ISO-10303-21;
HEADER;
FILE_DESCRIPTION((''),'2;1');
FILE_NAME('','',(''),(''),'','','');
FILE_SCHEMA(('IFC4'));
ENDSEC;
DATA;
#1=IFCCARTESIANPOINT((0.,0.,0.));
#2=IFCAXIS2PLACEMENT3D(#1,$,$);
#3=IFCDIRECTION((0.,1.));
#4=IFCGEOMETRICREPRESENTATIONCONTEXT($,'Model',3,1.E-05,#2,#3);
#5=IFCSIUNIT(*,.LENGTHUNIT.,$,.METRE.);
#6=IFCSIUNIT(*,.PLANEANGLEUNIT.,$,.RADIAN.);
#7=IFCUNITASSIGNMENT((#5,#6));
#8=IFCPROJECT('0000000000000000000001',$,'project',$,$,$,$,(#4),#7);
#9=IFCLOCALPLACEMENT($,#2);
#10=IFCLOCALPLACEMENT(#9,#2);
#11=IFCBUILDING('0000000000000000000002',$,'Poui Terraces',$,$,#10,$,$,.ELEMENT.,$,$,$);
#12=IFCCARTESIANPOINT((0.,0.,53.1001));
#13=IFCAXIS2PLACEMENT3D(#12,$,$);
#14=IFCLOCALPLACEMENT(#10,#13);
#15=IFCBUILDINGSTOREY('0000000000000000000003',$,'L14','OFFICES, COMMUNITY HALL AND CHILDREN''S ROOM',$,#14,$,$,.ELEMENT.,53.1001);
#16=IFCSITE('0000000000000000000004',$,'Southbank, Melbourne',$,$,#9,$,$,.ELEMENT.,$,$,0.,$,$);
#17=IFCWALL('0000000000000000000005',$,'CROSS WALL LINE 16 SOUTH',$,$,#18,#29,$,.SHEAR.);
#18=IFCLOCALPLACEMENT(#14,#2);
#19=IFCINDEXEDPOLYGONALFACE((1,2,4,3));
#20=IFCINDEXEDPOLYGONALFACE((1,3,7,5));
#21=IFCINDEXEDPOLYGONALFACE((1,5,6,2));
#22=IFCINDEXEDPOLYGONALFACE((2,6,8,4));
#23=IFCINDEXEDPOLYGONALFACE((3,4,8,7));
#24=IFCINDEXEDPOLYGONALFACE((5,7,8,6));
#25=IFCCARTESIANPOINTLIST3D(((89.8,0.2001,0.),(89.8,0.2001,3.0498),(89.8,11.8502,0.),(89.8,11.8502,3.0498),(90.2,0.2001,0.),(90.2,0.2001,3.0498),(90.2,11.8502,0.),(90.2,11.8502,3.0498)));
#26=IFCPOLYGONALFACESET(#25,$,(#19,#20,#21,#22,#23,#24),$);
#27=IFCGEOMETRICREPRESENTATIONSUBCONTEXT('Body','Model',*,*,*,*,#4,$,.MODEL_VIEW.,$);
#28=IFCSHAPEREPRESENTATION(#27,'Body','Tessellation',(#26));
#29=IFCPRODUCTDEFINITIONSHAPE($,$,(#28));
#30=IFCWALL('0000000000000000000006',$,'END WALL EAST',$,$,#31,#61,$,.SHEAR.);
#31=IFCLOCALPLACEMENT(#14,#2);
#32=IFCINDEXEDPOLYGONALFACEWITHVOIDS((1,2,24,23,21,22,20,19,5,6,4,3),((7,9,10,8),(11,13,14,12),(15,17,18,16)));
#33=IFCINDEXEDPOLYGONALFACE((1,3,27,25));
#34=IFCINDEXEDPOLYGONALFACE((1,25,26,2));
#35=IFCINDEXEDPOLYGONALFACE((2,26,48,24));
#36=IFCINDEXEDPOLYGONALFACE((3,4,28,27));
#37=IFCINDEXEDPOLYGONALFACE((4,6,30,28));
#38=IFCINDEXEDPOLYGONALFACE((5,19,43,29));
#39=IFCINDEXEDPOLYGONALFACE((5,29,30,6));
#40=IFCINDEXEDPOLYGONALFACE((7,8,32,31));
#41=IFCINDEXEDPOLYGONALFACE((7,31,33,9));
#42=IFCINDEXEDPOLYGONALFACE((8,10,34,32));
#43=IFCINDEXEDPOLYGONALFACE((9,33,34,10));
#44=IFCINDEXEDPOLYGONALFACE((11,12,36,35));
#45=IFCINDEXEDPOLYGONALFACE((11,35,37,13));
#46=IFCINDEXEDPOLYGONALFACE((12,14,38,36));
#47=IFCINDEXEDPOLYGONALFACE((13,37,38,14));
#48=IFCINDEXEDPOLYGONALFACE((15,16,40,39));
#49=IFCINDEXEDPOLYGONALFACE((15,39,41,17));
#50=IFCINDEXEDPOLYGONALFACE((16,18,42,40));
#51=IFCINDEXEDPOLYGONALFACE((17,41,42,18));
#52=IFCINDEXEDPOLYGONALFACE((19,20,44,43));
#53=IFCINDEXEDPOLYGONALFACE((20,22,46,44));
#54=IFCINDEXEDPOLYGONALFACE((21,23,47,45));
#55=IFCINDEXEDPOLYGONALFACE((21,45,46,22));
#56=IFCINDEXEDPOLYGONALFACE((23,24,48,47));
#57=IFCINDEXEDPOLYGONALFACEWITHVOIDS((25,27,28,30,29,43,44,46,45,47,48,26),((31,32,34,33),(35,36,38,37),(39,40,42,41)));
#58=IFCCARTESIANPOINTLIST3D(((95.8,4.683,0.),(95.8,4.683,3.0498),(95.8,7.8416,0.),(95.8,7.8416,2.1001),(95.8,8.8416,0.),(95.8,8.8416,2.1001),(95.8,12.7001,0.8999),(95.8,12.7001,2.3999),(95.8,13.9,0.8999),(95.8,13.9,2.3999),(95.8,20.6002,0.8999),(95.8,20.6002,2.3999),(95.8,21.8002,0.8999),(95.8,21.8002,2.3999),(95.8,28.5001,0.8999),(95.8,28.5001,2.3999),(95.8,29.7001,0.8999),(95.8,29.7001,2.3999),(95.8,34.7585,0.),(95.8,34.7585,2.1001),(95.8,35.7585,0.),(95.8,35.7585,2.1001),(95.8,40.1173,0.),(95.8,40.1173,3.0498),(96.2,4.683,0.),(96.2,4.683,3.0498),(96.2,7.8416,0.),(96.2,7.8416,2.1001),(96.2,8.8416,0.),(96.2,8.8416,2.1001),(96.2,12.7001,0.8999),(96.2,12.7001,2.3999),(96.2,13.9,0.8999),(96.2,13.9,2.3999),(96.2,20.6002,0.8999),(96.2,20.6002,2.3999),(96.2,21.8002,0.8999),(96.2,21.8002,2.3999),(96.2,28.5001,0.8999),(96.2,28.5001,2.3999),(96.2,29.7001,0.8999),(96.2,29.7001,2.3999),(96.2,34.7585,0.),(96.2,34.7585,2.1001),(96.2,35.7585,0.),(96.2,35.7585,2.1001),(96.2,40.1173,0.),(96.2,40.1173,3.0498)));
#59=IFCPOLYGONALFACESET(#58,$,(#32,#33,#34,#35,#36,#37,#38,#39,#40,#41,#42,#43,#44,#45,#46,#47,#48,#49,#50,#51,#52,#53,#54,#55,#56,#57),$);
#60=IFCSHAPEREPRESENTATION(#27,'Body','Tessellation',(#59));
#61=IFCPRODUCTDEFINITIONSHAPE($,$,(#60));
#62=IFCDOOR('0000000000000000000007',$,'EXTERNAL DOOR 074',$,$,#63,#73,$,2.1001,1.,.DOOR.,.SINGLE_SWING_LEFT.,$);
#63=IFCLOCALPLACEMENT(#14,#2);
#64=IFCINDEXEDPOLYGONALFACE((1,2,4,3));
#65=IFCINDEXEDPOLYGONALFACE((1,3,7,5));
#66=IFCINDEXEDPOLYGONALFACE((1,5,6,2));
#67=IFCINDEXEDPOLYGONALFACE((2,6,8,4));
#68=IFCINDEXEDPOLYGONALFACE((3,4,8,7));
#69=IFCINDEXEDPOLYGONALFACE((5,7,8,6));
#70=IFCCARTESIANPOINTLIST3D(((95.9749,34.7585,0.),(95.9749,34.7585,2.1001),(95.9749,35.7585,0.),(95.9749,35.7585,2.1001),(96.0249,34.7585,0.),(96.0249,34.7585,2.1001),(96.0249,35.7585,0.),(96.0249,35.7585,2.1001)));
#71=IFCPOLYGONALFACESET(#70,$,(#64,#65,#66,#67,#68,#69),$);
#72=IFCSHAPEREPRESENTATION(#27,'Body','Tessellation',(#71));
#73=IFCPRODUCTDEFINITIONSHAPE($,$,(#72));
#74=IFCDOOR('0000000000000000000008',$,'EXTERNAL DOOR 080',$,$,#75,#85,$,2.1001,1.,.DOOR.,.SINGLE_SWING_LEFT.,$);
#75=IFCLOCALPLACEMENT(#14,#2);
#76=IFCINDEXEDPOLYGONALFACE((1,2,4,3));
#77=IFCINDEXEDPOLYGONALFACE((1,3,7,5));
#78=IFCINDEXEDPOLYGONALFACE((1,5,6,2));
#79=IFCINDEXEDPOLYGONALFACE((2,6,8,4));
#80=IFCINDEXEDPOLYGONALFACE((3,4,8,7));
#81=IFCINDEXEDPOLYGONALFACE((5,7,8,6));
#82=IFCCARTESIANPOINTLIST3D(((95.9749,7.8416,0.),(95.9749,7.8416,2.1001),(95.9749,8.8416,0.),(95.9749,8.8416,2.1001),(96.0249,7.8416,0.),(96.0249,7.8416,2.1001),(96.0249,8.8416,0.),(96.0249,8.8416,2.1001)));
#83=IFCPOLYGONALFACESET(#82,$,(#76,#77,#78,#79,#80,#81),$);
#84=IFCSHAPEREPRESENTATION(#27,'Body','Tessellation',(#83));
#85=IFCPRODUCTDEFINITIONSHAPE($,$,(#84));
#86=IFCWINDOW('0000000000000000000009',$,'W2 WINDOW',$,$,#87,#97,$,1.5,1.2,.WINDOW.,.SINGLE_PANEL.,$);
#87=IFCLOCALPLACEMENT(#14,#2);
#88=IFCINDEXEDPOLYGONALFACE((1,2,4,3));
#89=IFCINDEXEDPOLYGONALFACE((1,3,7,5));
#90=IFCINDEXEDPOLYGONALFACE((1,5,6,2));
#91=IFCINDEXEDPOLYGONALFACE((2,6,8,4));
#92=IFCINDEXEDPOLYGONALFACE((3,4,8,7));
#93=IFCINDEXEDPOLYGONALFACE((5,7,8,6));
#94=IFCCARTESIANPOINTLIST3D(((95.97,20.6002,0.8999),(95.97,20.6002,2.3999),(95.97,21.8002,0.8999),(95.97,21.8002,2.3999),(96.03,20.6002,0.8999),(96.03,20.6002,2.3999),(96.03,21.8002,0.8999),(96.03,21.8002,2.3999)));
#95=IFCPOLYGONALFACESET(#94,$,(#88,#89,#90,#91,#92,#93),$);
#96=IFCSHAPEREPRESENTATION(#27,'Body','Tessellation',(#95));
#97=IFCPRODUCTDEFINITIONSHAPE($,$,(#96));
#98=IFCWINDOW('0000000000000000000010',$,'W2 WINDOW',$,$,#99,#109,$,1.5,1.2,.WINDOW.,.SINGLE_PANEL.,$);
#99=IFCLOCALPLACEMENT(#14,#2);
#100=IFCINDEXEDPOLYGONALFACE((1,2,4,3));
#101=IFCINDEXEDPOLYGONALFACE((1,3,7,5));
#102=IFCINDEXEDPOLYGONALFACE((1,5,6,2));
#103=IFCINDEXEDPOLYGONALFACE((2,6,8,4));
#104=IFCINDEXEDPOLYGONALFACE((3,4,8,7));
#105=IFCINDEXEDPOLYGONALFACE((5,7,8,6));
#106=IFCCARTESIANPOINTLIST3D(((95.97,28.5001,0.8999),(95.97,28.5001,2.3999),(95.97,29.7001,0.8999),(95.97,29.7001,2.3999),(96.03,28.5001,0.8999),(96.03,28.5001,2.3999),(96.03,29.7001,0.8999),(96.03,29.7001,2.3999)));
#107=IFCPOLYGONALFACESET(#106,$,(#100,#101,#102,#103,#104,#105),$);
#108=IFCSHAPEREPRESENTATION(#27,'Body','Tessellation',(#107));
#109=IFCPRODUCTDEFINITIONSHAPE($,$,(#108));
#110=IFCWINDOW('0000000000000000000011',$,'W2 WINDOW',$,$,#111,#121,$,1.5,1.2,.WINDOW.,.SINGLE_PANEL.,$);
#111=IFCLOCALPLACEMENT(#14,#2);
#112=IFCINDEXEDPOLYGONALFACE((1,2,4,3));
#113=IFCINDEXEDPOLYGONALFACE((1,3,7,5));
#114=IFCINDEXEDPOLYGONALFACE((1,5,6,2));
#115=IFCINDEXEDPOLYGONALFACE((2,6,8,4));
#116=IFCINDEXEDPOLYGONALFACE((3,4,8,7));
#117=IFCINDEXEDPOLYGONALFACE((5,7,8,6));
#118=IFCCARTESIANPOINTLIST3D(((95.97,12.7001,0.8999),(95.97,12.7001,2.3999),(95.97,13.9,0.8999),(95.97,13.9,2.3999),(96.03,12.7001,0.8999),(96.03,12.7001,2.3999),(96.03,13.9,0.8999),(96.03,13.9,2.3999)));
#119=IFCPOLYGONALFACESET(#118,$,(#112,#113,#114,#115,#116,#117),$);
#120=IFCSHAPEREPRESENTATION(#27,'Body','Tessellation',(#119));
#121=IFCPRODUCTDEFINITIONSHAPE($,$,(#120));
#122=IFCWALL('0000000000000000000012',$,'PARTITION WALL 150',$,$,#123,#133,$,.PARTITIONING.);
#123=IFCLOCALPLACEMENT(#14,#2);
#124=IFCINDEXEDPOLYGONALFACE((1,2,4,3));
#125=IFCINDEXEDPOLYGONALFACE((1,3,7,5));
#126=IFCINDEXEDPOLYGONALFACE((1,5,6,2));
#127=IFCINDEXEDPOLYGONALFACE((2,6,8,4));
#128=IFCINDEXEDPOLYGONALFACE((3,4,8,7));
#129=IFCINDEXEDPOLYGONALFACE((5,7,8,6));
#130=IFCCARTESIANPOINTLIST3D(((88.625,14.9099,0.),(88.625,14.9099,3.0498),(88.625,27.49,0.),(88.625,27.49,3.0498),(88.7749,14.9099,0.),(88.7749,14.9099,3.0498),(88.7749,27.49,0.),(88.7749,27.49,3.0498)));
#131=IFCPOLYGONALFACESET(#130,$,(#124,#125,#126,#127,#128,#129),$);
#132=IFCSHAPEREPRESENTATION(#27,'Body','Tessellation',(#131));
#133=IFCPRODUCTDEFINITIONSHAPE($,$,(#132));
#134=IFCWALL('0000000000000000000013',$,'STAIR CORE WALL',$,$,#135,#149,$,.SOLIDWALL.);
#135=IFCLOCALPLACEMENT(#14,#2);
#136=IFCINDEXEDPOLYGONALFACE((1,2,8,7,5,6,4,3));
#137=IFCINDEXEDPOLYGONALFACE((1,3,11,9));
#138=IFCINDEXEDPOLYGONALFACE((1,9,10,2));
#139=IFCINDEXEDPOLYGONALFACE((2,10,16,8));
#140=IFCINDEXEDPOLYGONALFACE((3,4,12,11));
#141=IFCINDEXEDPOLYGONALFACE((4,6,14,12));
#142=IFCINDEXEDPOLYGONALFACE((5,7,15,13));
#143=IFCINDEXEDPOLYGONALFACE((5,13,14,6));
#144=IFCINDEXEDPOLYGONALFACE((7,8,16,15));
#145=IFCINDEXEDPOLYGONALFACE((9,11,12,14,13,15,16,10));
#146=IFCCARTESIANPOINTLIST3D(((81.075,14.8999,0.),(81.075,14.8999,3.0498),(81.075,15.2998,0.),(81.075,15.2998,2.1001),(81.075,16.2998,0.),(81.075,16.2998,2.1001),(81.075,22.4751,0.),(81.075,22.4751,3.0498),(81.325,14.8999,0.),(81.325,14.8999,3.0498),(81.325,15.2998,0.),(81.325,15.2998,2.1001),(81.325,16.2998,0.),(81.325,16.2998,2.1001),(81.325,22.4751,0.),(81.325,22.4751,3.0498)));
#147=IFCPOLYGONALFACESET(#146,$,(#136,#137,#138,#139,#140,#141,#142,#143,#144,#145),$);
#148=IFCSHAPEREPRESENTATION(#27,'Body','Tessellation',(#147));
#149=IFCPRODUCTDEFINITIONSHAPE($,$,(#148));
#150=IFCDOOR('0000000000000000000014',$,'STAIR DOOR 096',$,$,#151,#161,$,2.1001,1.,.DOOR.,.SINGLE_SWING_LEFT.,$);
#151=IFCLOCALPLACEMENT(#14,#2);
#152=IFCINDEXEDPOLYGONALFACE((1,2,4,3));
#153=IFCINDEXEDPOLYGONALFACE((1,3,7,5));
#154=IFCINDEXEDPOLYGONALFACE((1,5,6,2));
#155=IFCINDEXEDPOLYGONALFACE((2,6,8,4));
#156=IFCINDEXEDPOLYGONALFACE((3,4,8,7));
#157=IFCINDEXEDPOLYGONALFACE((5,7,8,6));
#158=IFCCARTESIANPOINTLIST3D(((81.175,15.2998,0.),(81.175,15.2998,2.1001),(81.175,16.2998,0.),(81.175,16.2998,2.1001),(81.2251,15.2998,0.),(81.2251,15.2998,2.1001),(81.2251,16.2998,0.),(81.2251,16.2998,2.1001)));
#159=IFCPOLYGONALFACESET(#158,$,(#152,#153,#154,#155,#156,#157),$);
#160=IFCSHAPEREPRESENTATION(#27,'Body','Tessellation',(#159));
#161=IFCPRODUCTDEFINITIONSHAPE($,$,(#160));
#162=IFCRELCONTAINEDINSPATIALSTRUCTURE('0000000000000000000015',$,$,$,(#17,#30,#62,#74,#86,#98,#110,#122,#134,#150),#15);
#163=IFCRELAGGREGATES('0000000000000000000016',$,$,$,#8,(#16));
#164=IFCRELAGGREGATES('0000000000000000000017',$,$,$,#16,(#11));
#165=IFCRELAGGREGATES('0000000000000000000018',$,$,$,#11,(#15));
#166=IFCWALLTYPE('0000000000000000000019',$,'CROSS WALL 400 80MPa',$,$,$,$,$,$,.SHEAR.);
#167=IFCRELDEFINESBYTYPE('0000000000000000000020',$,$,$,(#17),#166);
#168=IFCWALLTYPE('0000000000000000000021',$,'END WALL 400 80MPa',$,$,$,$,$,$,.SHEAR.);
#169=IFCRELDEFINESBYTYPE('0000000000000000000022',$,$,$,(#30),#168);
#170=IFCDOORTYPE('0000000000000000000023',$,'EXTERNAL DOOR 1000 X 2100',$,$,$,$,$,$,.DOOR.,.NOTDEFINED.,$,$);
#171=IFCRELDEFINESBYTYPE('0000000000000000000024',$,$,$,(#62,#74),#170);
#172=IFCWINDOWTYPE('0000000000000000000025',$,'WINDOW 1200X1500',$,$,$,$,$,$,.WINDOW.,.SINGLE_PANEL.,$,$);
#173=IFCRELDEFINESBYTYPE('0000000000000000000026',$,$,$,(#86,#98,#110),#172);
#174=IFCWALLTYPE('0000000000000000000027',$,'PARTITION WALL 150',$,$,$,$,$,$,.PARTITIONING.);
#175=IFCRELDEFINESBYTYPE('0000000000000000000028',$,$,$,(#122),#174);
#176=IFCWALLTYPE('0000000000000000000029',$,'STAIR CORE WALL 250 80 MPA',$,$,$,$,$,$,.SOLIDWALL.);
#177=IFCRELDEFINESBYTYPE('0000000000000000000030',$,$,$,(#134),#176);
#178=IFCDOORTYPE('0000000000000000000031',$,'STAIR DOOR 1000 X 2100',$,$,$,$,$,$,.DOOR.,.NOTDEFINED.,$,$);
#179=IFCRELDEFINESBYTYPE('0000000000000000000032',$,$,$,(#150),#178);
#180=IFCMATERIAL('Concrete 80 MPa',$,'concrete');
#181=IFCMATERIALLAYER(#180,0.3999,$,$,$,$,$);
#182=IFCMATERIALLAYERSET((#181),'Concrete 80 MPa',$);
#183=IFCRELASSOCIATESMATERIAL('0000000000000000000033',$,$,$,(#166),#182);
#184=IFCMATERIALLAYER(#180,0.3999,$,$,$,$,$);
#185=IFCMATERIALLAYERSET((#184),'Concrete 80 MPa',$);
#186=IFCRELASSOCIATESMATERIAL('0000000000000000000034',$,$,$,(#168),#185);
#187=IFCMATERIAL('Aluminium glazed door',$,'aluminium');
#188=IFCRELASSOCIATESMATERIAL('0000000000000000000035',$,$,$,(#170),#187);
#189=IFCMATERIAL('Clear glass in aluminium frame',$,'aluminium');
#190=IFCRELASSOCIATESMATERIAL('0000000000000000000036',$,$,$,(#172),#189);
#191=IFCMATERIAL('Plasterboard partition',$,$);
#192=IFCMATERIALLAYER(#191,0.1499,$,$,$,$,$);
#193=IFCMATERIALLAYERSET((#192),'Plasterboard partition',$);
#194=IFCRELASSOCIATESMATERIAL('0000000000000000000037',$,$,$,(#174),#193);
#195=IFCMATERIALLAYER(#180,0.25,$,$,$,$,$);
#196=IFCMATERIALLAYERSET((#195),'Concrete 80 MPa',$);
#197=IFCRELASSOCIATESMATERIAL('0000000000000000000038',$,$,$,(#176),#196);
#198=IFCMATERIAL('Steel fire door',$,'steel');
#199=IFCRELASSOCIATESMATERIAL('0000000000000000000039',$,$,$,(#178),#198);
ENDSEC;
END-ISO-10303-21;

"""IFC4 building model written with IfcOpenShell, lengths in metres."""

from ifc_helpers import new_model, si_unit, direction, frame, frame_2d, origin, place, context, subcontext, project, spatial, rectangle, extrude, material, layer, layer_set, type_object, element, fill, save


model = new_model("IFC4")

# Units and contexts
model_context = context("Model", 3, precision=1e-05, world=origin(), true_north=direction((0.0, 1.0)))
body_context = subcontext(model_context, "Body", "Model", "MODEL_VIEW")
ifc_project = project(units=[si_unit("LENGTHUNIT", "METRE"), si_unit("PLANEANGLEUNIT", "RADIAN")], contexts=[model_context])

# Site, building, storey
site_placement = place(None, origin())
site = spatial("IfcSite", under=ifc_project, at=site_placement, Name="Southbank, Melbourne", CompositionType="ELEMENT", RefElevation=0.0)
building_placement = place(site_placement, origin())
building = spatial("IfcBuilding", under=site, at=building_placement, Name="Poui Terraces", CompositionType="ELEMENT")
storey_placement = place(building_placement, frame((0.0, 0.0, 53.1001)))
storey = spatial("IfcBuildingStorey", under=building, at=storey_placement, Name="L14", Description="OFFICES, COMMUNITY HALL AND CHILDREN'S ROOM", CompositionType="ELEMENT", Elevation=53.1001)

# Shared definitions
ifc_material_1 = material(Name="Concrete 80 MPa", Category="concrete")

# Shared definitions
ifc_material_2 = material(Name="Steel fire door", Category="steel")

# Wall
ifc_layer_1 = layer(ifc_material_1, 0.3999)
ifc_layer_set_1 = layer_set([ifc_layer_1], Name="Concrete 80 MPa")
wall_type_1 = type_object("IfcWallType", Name="CROSS WALL 400 80MPa", PredefinedType="SHEAR", material=ifc_layer_set_1)
for number, where, z_axis, x_axis, name in (
    (1, (90.0, 0.2, 0.0), (0.0, 0.0, 1.0), (0.0, 1.0, 0.0), "CROSS WALL LINE 16 SOUTH"),
):
    element("IfcWall", number, at=place(storey_placement, frame(where, z_axis=z_axis, x_axis=x_axis)), inside=storey, type_object=wall_type_1, Name=name, PredefinedType="SHEAR", context=body_context, shape_type="SweptSolid", body=[
        extrude(rectangle(XDim=11.6501, YDim=0.3999, at=frame_2d((5.8252, 0.0))), origin(), (0.0, 0.0, 1.0), 3.0498),
    ])

# Wall, openings, doors, windows
ifc_layer_2 = layer(ifc_material_1, 0.3999)
ifc_layer_set_2 = layer_set([ifc_layer_2], Name="Concrete 80 MPa")
wall_type_2 = type_object("IfcWallType", Name="END WALL 400 80MPa", PredefinedType="SHEAR", material=ifc_layer_set_2)
wall_1_placement = place(storey_placement, frame((96.0, 4.6829, 0.0), z_axis=(0.0, 0.0, 1.0), x_axis=(0.0, 1.0, 0.0)))
wall_1 = element("IfcWall", 2, at=wall_1_placement, inside=storey, type_object=wall_type_2, Name="END WALL EAST", PredefinedType="SHEAR", context=body_context, shape_type="SweptSolid", body=[
    extrude(rectangle(XDim=35.4343, YDim=0.3999, at=frame_2d((17.7173, 0.0))), origin(), (0.0, 0.0, 1.0), 3.0498),
])
opening_1_placement = place(wall_1_placement, frame((15.9172, 0.0, 0.8999)))
opening_1 = element("IfcOpeningElement", 3, at=opening_1_placement, cuts=wall_1, PredefinedType="OPENING", context=body_context, shape_type="SweptSolid", body=[
    extrude(rectangle(XDim=1.2, YDim=1.5, at=frame_2d((0.6001, 0.75))), frame((0.0, 0.21, 0.0), z_axis=(0.0, -1.0, 0.0), x_axis=(1.0, 0.0, 0.0)), (0.0, 0.0, 1.0), 0.4199),
])
opening_2_placement = place(wall_1_placement, frame((23.8171, 0.0, 0.8999)))
opening_2 = element("IfcOpeningElement", 4, at=opening_2_placement, cuts=wall_1, PredefinedType="OPENING", context=body_context, shape_type="SweptSolid", body=[
    extrude(rectangle(XDim=1.2, YDim=1.5, at=frame_2d((0.6001, 0.75))), frame((0.0, 0.21, 0.0), z_axis=(0.0, -1.0, 0.0), x_axis=(1.0, 0.0, 0.0)), (0.0, 0.0, 1.0), 0.4199),
])
opening_3_placement = place(wall_1_placement, frame((8.0171, 0.0, 0.8999)))
opening_3 = element("IfcOpeningElement", 5, at=opening_3_placement, cuts=wall_1, PredefinedType="OPENING", context=body_context, shape_type="SweptSolid", body=[
    extrude(rectangle(XDim=1.2, YDim=1.5, at=frame_2d((0.6001, 0.75))), frame((0.0, 0.21, 0.0), z_axis=(0.0, -1.0, 0.0), x_axis=(1.0, 0.0, 0.0)), (0.0, 0.0, 1.0), 0.4199),
])
opening_4_placement = place(wall_1_placement, frame((30.0757, 0.0, 0.0)))
opening_4 = element("IfcOpeningElement", 6, at=opening_4_placement, cuts=wall_1, PredefinedType="OPENING", context=body_context, shape_type="SweptSolid", body=[
    extrude(rectangle(XDim=1.0, YDim=2.1001, at=frame_2d((0.5, 1.05))), frame((0.0, 0.21, 0.0), z_axis=(0.0, -1.0, 0.0), x_axis=(1.0, 0.0, 0.0)), (0.0, 0.0, 1.0), 0.4199),
])
opening_5_placement = place(wall_1_placement, frame((3.1587, 0.0, 0.0)))
opening_5 = element("IfcOpeningElement", 7, at=opening_5_placement, cuts=wall_1, PredefinedType="OPENING", context=body_context, shape_type="SweptSolid", body=[
    extrude(rectangle(XDim=1.0, YDim=2.1001, at=frame_2d((0.5, 1.05))), frame((0.0, 0.21, 0.0), z_axis=(0.0, -1.0, 0.0), x_axis=(1.0, 0.0, 0.0)), (0.0, 0.0, 1.0), 0.4199),
])
ifc_material_3 = material(Name="Aluminium glazed door", Category="aluminium")
door_type_1 = type_object("IfcDoorType", Name="EXTERNAL DOOR 1000 X 2100", OperationType="NOTDEFINED", PredefinedType="DOOR", material=ifc_material_3)
door_1_placement = place(opening_4_placement, frame((1.0, 0.0, 0.0), z_axis=(0.0, 0.0, 1.0), x_axis=(-1.0, 0.0, 0.0)))
door_1 = element("IfcDoor", 8, at=door_1_placement, inside=storey, type_object=door_type_1, Name="EXTERNAL DOOR 074", OperationType="SINGLE_SWING_LEFT", OverallHeight=2.1001, OverallWidth=1.0, PredefinedType="DOOR", context=body_context, shape_type="SweptSolid", body=[
    extrude(rectangle(XDim=1.0, YDim=2.1001, at=frame_2d((0.5, 1.05))), frame((0.0, 0.0249, 0.0), z_axis=(0.0, -1.0, 0.0), x_axis=(1.0, 0.0, 0.0)), (0.0, 0.0, 1.0), 0.05),
])
fill(opening_4, door_1)
door_2_placement = place(opening_5_placement, frame((1.0, 0.0, 0.0), z_axis=(0.0, 0.0, 1.0), x_axis=(-1.0, 0.0, 0.0)))
door_2 = element("IfcDoor", 9, at=door_2_placement, inside=storey, type_object=door_type_1, Name="EXTERNAL DOOR 080", OperationType="SINGLE_SWING_LEFT", OverallHeight=2.1001, OverallWidth=1.0, PredefinedType="DOOR", context=body_context, shape_type="SweptSolid", body=[
    extrude(rectangle(XDim=1.0, YDim=2.1001, at=frame_2d((0.5, 1.05))), frame((0.0, 0.0249, 0.0), z_axis=(0.0, -1.0, 0.0), x_axis=(1.0, 0.0, 0.0)), (0.0, 0.0, 1.0), 0.05),
])
fill(opening_5, door_2)
ifc_material_4 = material(Name="Clear glass in aluminium frame", Category="aluminium")
window_type = type_object("IfcWindowType", Name="WINDOW 1200X1500", PartitioningType="SINGLE_PANEL", PredefinedType="WINDOW", material=ifc_material_4)
window_1_placement = place(opening_1_placement, origin())
window_1 = element("IfcWindow", 10, at=window_1_placement, inside=storey, type_object=window_type, Name="W2 WINDOW", OverallHeight=1.5, OverallWidth=1.2, PartitioningType="SINGLE_PANEL", PredefinedType="WINDOW", context=body_context, shape_type="SweptSolid", body=[
    extrude(rectangle(XDim=1.2, YDim=1.5, at=frame_2d((0.6001, 0.75))), frame((0.0, 0.03, 0.0), z_axis=(0.0, -1.0, 0.0), x_axis=(1.0, 0.0, 0.0)), (0.0, 0.0, 1.0), 0.0601),
])
fill(opening_1, window_1)
window_2_placement = place(opening_2_placement, origin())
window_2 = element("IfcWindow", 11, at=window_2_placement, inside=storey, type_object=window_type, Name="W2 WINDOW", OverallHeight=1.5, OverallWidth=1.2, PartitioningType="SINGLE_PANEL", PredefinedType="WINDOW", context=body_context, shape_type="SweptSolid", body=[
    extrude(rectangle(XDim=1.2, YDim=1.5, at=frame_2d((0.6001, 0.75))), frame((0.0, 0.03, 0.0), z_axis=(0.0, -1.0, 0.0), x_axis=(1.0, 0.0, 0.0)), (0.0, 0.0, 1.0), 0.0601),
])
fill(opening_2, window_2)
window_3_placement = place(opening_3_placement, origin())
window_3 = element("IfcWindow", 12, at=window_3_placement, inside=storey, type_object=window_type, Name="W2 WINDOW", OverallHeight=1.5, OverallWidth=1.2, PartitioningType="SINGLE_PANEL", PredefinedType="WINDOW", context=body_context, shape_type="SweptSolid", body=[
    extrude(rectangle(XDim=1.2, YDim=1.5, at=frame_2d((0.6001, 0.75))), frame((0.0, 0.03, 0.0), z_axis=(0.0, -1.0, 0.0), x_axis=(1.0, 0.0, 0.0)), (0.0, 0.0, 1.0), 0.0601),
])
fill(opening_3, window_3)

# Wall
ifc_material_5 = material(Name="Plasterboard partition")
ifc_layer_3 = layer(ifc_material_5, 0.1499)
ifc_layer_set_3 = layer_set([ifc_layer_3], Name="Plasterboard partition")
wall_type_3 = type_object("IfcWallType", Name="PARTITION WALL 150", PredefinedType="PARTITIONING", material=ifc_layer_set_3)
wall_2_placement = place(storey_placement, frame((88.7, 14.9099, 0.0), z_axis=(0.0, 0.0, 1.0), x_axis=(0.0, 1.0, 0.0)))
element("IfcWall", 13, at=wall_2_placement, inside=storey, type_object=wall_type_3, Name="PARTITION WALL 150", PredefinedType="PARTITIONING", context=body_context, shape_type="SweptSolid", body=[
    extrude(rectangle(XDim=12.5801, YDim=0.1499, at=frame_2d((6.29, 0.0))), origin(), (0.0, 0.0, 1.0), 3.0498),
])

# Wall, opening, door
ifc_layer_4 = layer(ifc_material_1, 0.25)
ifc_layer_set_4 = layer_set([ifc_layer_4], Name="Concrete 80 MPa")
wall_type_4 = type_object("IfcWallType", Name="STAIR CORE WALL 250 80 MPA", PredefinedType="SOLIDWALL", material=ifc_layer_set_4)
wall_3_placement = place(storey_placement, frame((81.2, 14.8999, 0.0), z_axis=(0.0, 0.0, 1.0), x_axis=(0.0, 1.0, 0.0)))
wall_3 = element("IfcWall", 14, at=wall_3_placement, inside=storey, type_object=wall_type_4, Name="STAIR CORE WALL", PredefinedType="SOLIDWALL", context=body_context, shape_type="SweptSolid", body=[
    extrude(rectangle(XDim=7.5752, YDim=0.25, at=frame_2d((3.7876, 0.0))), origin(), (0.0, 0.0, 1.0), 3.0498),
])
opening_6_placement = place(wall_3_placement, frame((0.3999, 0.0, 0.0)))
opening_6 = element("IfcOpeningElement", 15, at=opening_6_placement, cuts=wall_3, PredefinedType="OPENING", context=body_context, shape_type="SweptSolid", body=[
    extrude(rectangle(XDim=1.0, YDim=2.1001, at=frame_2d((0.5, 1.05))), frame((0.0, 0.135, 0.0), z_axis=(0.0, -1.0, 0.0), x_axis=(1.0, 0.0, 0.0)), (0.0, 0.0, 1.0), 0.27),
])
door_type_2 = type_object("IfcDoorType", Name="STAIR DOOR 1000 X 2100", OperationType="NOTDEFINED", PredefinedType="DOOR", material=ifc_material_2)
door_3_placement = place(opening_6_placement, origin())
door_3 = element("IfcDoor", 16, at=door_3_placement, inside=storey, type_object=door_type_2, Name="STAIR DOOR 096", OperationType="SINGLE_SWING_LEFT", OverallHeight=2.1001, OverallWidth=1.0, PredefinedType="DOOR", context=body_context, shape_type="SweptSolid", body=[
    extrude(rectangle(XDim=1.0, YDim=2.1001, at=frame_2d((0.5, 1.05))), frame((0.0, 0.0249, 0.0), z_axis=(0.0, -1.0, 0.0), x_axis=(1.0, 0.0, 0.0)), (0.0, 0.0, 1.0), 0.05),
])
fill(opening_6, door_3)

save(model, "model.ifc")
